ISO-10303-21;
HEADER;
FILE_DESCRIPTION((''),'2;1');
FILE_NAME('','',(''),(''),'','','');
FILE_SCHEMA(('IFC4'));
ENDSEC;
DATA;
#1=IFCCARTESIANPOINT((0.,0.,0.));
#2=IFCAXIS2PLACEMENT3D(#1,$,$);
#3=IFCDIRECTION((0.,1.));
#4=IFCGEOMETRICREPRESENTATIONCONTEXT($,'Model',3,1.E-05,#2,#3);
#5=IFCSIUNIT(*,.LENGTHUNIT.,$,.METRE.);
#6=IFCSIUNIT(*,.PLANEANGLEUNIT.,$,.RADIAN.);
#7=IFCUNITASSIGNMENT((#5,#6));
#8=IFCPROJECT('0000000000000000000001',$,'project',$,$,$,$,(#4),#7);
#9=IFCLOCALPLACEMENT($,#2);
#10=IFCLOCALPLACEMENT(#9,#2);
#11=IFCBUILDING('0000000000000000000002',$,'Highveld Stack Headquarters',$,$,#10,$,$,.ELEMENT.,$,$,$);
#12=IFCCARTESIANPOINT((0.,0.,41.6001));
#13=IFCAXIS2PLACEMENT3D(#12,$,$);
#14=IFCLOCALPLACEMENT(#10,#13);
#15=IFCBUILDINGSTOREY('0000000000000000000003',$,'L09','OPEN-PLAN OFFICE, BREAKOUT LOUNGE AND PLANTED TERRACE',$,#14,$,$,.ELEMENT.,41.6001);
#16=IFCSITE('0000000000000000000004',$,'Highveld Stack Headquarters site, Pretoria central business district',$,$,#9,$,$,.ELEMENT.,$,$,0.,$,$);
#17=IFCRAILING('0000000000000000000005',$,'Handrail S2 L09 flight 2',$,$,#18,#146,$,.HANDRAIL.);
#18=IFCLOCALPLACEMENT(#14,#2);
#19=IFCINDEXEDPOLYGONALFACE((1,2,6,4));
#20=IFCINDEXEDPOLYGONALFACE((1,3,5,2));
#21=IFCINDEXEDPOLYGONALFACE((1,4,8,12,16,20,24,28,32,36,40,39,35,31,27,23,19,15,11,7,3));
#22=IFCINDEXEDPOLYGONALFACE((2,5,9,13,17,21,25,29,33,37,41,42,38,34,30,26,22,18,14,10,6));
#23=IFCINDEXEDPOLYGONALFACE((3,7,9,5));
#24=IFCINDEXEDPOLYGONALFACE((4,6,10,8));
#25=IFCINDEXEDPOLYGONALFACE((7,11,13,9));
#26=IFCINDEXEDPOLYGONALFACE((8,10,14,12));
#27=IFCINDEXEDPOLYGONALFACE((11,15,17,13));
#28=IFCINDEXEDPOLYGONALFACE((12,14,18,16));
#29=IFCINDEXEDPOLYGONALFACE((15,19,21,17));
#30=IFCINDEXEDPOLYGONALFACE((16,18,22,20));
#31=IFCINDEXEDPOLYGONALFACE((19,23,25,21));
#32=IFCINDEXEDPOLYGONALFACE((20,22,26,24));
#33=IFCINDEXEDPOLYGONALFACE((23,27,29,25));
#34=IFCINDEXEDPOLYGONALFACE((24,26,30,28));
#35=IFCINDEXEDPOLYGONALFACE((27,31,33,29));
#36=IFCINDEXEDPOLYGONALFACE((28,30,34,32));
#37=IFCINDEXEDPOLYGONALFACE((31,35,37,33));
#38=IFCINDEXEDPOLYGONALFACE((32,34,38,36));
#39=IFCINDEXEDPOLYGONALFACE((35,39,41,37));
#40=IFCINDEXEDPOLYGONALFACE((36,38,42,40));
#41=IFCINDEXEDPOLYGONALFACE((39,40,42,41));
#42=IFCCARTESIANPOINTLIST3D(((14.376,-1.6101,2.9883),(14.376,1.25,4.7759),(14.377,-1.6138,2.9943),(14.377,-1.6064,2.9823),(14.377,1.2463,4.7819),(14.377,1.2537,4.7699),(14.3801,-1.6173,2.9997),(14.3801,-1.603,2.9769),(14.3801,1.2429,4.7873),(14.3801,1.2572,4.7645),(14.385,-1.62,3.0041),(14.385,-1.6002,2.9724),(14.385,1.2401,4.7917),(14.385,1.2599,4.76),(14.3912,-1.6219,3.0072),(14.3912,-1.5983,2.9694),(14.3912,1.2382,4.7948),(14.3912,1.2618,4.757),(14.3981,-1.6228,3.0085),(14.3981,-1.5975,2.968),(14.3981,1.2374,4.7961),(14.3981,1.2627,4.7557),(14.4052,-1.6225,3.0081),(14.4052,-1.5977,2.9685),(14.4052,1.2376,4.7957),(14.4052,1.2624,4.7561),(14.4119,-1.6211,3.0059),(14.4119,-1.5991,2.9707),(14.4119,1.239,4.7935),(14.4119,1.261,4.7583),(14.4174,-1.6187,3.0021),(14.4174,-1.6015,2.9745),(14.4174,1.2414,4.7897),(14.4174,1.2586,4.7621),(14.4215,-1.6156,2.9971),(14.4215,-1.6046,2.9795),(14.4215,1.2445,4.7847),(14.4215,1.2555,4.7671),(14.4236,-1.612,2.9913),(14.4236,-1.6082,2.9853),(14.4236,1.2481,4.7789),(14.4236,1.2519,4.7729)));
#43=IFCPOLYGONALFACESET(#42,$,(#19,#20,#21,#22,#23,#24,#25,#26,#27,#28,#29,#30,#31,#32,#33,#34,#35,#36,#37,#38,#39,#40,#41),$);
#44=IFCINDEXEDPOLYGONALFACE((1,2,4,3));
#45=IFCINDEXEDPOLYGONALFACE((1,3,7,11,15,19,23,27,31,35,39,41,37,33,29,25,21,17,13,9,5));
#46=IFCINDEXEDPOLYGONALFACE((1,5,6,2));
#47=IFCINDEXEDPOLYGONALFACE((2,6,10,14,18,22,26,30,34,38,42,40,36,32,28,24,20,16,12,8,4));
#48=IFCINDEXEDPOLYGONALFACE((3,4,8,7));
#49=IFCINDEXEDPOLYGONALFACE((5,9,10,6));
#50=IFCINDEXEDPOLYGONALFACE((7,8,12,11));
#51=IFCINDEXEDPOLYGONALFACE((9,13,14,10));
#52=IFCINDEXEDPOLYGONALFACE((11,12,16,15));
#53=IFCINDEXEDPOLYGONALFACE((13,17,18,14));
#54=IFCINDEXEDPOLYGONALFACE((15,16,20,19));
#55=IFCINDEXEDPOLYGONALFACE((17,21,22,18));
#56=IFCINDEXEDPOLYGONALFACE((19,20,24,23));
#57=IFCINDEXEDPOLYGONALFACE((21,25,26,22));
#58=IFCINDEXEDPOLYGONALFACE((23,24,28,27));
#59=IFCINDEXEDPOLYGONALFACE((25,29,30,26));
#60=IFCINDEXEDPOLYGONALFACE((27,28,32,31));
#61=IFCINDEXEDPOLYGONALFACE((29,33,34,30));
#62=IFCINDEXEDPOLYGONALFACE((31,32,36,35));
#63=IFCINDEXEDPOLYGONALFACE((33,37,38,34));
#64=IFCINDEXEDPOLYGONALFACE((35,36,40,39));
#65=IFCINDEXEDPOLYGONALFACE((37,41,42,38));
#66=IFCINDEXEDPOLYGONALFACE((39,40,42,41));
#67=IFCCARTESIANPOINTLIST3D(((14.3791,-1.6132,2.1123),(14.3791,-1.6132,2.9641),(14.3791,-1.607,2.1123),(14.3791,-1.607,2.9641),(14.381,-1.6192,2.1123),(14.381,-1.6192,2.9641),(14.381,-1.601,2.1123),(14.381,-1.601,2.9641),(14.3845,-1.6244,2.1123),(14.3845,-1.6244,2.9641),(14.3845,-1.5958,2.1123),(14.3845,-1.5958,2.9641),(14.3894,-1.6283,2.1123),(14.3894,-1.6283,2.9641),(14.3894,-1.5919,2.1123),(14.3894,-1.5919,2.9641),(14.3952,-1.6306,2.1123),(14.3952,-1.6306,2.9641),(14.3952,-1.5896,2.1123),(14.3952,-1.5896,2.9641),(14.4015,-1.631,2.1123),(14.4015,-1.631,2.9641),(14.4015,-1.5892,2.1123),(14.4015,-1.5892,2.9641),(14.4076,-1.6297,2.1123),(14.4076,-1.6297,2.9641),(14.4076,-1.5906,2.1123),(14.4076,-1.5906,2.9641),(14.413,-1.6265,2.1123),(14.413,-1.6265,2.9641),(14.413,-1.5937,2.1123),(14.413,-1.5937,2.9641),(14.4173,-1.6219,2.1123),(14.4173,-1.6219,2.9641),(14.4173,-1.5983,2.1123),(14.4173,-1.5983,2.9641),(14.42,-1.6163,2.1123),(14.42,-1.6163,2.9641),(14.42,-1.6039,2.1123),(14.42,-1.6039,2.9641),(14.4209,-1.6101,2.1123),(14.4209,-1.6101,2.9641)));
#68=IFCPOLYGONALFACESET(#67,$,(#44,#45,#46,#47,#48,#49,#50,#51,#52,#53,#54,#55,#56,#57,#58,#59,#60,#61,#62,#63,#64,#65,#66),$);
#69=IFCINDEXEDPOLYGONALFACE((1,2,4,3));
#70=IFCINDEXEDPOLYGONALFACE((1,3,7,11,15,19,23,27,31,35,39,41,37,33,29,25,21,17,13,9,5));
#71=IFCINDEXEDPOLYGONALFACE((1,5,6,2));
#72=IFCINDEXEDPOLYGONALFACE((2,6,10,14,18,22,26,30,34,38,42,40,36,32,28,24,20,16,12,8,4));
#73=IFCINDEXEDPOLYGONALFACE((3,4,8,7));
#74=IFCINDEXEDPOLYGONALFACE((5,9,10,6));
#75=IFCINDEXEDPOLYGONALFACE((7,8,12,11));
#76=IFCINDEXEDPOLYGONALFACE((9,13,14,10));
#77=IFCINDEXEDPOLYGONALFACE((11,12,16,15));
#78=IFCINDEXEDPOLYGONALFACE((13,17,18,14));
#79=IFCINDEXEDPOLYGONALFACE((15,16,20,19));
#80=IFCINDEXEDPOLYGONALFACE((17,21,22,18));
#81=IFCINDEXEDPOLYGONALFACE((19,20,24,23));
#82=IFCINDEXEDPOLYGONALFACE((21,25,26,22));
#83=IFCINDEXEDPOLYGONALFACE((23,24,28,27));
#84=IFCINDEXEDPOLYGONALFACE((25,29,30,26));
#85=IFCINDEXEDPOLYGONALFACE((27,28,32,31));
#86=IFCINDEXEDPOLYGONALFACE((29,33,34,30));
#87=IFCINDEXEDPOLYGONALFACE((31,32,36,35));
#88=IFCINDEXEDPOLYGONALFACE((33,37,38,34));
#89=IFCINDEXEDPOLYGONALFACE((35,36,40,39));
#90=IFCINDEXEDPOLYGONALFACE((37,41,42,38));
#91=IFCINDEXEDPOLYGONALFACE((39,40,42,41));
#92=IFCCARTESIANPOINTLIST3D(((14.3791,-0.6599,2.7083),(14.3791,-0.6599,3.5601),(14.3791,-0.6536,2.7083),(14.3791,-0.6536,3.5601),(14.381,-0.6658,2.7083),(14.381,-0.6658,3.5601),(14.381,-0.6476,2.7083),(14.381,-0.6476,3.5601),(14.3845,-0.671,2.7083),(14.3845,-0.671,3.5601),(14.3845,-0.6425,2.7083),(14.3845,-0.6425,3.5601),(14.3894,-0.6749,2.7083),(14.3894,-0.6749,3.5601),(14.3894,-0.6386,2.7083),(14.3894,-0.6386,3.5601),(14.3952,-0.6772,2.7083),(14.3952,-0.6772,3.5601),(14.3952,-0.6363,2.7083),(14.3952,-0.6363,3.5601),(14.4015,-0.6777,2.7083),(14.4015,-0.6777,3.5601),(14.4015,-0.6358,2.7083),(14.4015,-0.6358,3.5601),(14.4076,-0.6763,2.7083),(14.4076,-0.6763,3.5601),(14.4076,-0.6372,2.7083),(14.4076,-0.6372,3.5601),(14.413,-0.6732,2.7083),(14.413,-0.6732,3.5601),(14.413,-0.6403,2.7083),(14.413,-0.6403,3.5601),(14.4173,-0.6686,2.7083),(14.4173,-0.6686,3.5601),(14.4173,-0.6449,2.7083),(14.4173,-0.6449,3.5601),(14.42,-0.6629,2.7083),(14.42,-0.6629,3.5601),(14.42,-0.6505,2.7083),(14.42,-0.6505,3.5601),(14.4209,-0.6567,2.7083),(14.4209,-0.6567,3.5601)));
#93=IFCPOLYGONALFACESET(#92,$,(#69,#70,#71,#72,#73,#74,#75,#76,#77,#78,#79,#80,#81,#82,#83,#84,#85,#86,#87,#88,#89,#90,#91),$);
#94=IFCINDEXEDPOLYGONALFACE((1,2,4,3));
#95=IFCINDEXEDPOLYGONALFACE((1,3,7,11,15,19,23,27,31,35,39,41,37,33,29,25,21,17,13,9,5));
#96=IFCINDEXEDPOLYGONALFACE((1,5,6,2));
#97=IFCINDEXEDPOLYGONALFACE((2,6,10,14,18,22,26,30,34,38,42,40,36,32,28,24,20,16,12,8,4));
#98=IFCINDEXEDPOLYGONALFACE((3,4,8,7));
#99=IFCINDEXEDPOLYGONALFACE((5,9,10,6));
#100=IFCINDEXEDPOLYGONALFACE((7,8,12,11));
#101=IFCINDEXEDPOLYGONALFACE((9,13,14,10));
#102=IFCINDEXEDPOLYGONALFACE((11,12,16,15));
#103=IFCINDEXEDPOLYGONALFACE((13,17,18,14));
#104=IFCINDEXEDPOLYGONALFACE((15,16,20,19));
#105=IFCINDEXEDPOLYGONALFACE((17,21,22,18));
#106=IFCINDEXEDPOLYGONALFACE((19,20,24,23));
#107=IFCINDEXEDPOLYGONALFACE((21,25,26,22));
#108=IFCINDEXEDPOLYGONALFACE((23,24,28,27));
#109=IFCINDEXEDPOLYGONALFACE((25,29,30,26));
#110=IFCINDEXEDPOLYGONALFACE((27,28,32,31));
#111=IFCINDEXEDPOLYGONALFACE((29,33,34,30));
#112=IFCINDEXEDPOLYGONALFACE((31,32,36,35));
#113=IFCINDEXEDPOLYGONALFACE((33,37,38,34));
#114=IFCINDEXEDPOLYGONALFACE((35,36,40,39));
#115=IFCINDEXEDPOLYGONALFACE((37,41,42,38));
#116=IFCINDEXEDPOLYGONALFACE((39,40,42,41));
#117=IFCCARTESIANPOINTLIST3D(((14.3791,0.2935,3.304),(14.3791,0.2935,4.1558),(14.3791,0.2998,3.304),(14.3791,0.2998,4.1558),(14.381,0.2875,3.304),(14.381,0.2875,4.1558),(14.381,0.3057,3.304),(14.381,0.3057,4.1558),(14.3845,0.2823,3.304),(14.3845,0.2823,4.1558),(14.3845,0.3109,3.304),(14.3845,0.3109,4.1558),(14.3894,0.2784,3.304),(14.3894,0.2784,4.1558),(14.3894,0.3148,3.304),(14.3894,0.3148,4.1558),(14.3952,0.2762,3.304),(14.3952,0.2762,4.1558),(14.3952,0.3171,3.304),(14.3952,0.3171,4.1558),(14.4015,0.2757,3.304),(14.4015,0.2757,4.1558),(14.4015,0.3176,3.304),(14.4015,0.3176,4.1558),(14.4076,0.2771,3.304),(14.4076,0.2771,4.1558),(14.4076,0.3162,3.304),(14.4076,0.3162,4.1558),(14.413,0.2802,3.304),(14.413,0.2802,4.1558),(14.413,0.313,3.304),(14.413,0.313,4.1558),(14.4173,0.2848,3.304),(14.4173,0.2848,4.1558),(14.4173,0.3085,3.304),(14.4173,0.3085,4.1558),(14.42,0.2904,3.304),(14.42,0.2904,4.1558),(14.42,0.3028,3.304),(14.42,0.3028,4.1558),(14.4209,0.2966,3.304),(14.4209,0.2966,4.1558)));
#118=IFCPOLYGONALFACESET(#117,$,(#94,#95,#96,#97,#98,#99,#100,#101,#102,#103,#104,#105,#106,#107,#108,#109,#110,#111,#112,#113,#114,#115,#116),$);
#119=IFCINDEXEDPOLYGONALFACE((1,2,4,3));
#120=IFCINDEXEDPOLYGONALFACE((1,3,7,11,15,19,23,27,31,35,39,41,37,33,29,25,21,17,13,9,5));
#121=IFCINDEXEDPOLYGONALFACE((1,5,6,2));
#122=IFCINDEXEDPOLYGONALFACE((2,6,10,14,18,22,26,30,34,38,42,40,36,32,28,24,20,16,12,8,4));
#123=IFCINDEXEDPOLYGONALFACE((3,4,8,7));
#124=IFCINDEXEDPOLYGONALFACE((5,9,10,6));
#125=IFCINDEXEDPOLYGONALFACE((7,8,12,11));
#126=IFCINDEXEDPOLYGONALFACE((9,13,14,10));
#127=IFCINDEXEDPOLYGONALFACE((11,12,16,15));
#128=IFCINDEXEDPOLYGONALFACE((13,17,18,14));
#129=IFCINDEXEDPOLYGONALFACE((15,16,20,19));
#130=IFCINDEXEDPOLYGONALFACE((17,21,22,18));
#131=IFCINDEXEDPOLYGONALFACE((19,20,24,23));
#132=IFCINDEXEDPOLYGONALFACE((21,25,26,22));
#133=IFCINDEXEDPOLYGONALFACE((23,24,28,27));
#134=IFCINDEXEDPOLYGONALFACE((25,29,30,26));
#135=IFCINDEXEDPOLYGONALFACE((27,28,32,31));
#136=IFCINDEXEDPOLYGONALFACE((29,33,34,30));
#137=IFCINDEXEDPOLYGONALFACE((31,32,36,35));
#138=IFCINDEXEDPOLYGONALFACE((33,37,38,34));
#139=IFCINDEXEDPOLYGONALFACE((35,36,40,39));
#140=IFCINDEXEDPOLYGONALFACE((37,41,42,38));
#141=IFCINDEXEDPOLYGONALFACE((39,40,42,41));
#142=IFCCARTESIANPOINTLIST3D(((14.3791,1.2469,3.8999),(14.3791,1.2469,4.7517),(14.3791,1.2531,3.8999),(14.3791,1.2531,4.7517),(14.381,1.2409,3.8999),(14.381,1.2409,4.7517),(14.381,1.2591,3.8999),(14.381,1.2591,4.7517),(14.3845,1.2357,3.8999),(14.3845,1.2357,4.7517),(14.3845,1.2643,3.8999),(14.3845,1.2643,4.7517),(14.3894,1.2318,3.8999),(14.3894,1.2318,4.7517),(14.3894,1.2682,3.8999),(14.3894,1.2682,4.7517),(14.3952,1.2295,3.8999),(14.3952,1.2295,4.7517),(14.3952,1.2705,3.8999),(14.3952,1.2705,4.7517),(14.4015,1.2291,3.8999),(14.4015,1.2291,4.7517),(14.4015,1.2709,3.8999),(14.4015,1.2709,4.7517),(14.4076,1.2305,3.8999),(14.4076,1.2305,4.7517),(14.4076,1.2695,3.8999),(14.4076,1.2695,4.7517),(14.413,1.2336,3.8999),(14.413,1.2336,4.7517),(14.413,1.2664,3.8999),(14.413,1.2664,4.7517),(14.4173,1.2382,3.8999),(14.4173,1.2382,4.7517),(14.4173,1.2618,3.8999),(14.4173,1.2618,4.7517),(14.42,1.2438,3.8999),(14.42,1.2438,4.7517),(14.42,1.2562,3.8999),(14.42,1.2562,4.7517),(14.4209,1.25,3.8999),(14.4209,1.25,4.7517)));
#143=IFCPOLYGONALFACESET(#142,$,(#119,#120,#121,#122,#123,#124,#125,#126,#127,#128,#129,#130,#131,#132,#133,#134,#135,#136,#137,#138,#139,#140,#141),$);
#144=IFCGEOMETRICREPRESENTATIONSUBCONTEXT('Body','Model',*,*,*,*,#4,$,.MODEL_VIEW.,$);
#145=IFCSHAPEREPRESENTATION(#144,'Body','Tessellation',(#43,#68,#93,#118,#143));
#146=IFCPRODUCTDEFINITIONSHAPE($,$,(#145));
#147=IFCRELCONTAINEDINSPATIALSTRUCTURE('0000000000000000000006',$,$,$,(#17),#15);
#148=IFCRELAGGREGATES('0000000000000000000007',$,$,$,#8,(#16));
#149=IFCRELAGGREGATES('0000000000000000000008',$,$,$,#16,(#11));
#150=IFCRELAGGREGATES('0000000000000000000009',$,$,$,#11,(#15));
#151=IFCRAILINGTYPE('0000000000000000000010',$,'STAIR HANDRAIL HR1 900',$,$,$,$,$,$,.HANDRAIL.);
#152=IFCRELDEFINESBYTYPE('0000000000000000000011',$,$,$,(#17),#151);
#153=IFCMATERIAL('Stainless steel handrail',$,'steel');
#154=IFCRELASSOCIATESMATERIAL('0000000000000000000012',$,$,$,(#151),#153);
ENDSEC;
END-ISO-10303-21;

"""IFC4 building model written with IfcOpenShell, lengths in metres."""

from ifc_helpers import new_model, si_unit, direction, frame, origin, origin_2d, place, context, subcontext, project, spatial, circle, extrude, material, type_object, element, save


model = new_model("IFC4")

# Units and contexts
model_context = context("Model", 3, precision=1e-05, world=origin(), true_north=direction((0.0, 1.0)))
body_context = subcontext(model_context, "Body", "Model", "MODEL_VIEW")
ifc_project = project(units=[si_unit("LENGTHUNIT", "METRE"), si_unit("PLANEANGLEUNIT", "RADIAN")], contexts=[model_context])

# Site, building, storey
site_placement = place(None, origin())
site = spatial("IfcSite", under=ifc_project, at=site_placement, Name="Highveld Stack Headquarters site, Pretoria central business district", CompositionType="ELEMENT", RefElevation=0.0)
building_placement = place(site_placement, origin())
building = spatial("IfcBuilding", under=site, at=building_placement, Name="Highveld Stack Headquarters", CompositionType="ELEMENT")
storey_placement = place(building_placement, frame((0.0, 0.0, 41.6001)))
storey = spatial("IfcBuildingStorey", under=building, at=storey_placement, Name="L09", Description="OPEN-PLAN OFFICE, BREAKOUT LOUNGE AND PLANTED TERRACE", CompositionType="ELEMENT", Elevation=41.6001)

# Railing
ifc_material_1 = material(Name="Stainless steel handrail", Category="steel")
railing_type = type_object("IfcRailingType", Name="STAIR HANDRAIL HR1 900", PredefinedType="HANDRAIL", material=ifc_material_1)
railing_placement = place(storey_placement, frame((14.3999, -1.6101, 2.1123)))
element("IfcRailing", 1, at=railing_placement, inside=storey, type_object=railing_type, Name="Handrail S2 L09 flight 2", PredefinedType="HANDRAIL", context=body_context, shape_type="SweptSolid", body=[
    extrude(circle(Radius=0.0239, at=origin_2d()), frame((0.0, 0.0, 0.876), z_axis=(0.0, 0.847994, 0.530005), x_axis=(-1.0, 0.0, 0.0)), (0.0, 0.0, 1.0), 3.3728),
    extrude(circle(Radius=0.021, at=origin_2d()), origin(), (0.0, 0.0, 1.0), 0.8518),
    extrude(circle(Radius=0.021, at=origin_2d()), frame((0.0, 0.9534, 0.5959)), (0.0, 0.0, 1.0), 0.8518),
    extrude(circle(Radius=0.021, at=origin_2d()), frame((0.0, 1.9067, 1.1917)), (0.0, 0.0, 1.0), 0.8518),
    extrude(circle(Radius=0.021, at=origin_2d()), frame((0.0, 2.8601, 1.7876)), (0.0, 0.0, 1.0), 0.8518),
])

save(model, "model.ifc")
